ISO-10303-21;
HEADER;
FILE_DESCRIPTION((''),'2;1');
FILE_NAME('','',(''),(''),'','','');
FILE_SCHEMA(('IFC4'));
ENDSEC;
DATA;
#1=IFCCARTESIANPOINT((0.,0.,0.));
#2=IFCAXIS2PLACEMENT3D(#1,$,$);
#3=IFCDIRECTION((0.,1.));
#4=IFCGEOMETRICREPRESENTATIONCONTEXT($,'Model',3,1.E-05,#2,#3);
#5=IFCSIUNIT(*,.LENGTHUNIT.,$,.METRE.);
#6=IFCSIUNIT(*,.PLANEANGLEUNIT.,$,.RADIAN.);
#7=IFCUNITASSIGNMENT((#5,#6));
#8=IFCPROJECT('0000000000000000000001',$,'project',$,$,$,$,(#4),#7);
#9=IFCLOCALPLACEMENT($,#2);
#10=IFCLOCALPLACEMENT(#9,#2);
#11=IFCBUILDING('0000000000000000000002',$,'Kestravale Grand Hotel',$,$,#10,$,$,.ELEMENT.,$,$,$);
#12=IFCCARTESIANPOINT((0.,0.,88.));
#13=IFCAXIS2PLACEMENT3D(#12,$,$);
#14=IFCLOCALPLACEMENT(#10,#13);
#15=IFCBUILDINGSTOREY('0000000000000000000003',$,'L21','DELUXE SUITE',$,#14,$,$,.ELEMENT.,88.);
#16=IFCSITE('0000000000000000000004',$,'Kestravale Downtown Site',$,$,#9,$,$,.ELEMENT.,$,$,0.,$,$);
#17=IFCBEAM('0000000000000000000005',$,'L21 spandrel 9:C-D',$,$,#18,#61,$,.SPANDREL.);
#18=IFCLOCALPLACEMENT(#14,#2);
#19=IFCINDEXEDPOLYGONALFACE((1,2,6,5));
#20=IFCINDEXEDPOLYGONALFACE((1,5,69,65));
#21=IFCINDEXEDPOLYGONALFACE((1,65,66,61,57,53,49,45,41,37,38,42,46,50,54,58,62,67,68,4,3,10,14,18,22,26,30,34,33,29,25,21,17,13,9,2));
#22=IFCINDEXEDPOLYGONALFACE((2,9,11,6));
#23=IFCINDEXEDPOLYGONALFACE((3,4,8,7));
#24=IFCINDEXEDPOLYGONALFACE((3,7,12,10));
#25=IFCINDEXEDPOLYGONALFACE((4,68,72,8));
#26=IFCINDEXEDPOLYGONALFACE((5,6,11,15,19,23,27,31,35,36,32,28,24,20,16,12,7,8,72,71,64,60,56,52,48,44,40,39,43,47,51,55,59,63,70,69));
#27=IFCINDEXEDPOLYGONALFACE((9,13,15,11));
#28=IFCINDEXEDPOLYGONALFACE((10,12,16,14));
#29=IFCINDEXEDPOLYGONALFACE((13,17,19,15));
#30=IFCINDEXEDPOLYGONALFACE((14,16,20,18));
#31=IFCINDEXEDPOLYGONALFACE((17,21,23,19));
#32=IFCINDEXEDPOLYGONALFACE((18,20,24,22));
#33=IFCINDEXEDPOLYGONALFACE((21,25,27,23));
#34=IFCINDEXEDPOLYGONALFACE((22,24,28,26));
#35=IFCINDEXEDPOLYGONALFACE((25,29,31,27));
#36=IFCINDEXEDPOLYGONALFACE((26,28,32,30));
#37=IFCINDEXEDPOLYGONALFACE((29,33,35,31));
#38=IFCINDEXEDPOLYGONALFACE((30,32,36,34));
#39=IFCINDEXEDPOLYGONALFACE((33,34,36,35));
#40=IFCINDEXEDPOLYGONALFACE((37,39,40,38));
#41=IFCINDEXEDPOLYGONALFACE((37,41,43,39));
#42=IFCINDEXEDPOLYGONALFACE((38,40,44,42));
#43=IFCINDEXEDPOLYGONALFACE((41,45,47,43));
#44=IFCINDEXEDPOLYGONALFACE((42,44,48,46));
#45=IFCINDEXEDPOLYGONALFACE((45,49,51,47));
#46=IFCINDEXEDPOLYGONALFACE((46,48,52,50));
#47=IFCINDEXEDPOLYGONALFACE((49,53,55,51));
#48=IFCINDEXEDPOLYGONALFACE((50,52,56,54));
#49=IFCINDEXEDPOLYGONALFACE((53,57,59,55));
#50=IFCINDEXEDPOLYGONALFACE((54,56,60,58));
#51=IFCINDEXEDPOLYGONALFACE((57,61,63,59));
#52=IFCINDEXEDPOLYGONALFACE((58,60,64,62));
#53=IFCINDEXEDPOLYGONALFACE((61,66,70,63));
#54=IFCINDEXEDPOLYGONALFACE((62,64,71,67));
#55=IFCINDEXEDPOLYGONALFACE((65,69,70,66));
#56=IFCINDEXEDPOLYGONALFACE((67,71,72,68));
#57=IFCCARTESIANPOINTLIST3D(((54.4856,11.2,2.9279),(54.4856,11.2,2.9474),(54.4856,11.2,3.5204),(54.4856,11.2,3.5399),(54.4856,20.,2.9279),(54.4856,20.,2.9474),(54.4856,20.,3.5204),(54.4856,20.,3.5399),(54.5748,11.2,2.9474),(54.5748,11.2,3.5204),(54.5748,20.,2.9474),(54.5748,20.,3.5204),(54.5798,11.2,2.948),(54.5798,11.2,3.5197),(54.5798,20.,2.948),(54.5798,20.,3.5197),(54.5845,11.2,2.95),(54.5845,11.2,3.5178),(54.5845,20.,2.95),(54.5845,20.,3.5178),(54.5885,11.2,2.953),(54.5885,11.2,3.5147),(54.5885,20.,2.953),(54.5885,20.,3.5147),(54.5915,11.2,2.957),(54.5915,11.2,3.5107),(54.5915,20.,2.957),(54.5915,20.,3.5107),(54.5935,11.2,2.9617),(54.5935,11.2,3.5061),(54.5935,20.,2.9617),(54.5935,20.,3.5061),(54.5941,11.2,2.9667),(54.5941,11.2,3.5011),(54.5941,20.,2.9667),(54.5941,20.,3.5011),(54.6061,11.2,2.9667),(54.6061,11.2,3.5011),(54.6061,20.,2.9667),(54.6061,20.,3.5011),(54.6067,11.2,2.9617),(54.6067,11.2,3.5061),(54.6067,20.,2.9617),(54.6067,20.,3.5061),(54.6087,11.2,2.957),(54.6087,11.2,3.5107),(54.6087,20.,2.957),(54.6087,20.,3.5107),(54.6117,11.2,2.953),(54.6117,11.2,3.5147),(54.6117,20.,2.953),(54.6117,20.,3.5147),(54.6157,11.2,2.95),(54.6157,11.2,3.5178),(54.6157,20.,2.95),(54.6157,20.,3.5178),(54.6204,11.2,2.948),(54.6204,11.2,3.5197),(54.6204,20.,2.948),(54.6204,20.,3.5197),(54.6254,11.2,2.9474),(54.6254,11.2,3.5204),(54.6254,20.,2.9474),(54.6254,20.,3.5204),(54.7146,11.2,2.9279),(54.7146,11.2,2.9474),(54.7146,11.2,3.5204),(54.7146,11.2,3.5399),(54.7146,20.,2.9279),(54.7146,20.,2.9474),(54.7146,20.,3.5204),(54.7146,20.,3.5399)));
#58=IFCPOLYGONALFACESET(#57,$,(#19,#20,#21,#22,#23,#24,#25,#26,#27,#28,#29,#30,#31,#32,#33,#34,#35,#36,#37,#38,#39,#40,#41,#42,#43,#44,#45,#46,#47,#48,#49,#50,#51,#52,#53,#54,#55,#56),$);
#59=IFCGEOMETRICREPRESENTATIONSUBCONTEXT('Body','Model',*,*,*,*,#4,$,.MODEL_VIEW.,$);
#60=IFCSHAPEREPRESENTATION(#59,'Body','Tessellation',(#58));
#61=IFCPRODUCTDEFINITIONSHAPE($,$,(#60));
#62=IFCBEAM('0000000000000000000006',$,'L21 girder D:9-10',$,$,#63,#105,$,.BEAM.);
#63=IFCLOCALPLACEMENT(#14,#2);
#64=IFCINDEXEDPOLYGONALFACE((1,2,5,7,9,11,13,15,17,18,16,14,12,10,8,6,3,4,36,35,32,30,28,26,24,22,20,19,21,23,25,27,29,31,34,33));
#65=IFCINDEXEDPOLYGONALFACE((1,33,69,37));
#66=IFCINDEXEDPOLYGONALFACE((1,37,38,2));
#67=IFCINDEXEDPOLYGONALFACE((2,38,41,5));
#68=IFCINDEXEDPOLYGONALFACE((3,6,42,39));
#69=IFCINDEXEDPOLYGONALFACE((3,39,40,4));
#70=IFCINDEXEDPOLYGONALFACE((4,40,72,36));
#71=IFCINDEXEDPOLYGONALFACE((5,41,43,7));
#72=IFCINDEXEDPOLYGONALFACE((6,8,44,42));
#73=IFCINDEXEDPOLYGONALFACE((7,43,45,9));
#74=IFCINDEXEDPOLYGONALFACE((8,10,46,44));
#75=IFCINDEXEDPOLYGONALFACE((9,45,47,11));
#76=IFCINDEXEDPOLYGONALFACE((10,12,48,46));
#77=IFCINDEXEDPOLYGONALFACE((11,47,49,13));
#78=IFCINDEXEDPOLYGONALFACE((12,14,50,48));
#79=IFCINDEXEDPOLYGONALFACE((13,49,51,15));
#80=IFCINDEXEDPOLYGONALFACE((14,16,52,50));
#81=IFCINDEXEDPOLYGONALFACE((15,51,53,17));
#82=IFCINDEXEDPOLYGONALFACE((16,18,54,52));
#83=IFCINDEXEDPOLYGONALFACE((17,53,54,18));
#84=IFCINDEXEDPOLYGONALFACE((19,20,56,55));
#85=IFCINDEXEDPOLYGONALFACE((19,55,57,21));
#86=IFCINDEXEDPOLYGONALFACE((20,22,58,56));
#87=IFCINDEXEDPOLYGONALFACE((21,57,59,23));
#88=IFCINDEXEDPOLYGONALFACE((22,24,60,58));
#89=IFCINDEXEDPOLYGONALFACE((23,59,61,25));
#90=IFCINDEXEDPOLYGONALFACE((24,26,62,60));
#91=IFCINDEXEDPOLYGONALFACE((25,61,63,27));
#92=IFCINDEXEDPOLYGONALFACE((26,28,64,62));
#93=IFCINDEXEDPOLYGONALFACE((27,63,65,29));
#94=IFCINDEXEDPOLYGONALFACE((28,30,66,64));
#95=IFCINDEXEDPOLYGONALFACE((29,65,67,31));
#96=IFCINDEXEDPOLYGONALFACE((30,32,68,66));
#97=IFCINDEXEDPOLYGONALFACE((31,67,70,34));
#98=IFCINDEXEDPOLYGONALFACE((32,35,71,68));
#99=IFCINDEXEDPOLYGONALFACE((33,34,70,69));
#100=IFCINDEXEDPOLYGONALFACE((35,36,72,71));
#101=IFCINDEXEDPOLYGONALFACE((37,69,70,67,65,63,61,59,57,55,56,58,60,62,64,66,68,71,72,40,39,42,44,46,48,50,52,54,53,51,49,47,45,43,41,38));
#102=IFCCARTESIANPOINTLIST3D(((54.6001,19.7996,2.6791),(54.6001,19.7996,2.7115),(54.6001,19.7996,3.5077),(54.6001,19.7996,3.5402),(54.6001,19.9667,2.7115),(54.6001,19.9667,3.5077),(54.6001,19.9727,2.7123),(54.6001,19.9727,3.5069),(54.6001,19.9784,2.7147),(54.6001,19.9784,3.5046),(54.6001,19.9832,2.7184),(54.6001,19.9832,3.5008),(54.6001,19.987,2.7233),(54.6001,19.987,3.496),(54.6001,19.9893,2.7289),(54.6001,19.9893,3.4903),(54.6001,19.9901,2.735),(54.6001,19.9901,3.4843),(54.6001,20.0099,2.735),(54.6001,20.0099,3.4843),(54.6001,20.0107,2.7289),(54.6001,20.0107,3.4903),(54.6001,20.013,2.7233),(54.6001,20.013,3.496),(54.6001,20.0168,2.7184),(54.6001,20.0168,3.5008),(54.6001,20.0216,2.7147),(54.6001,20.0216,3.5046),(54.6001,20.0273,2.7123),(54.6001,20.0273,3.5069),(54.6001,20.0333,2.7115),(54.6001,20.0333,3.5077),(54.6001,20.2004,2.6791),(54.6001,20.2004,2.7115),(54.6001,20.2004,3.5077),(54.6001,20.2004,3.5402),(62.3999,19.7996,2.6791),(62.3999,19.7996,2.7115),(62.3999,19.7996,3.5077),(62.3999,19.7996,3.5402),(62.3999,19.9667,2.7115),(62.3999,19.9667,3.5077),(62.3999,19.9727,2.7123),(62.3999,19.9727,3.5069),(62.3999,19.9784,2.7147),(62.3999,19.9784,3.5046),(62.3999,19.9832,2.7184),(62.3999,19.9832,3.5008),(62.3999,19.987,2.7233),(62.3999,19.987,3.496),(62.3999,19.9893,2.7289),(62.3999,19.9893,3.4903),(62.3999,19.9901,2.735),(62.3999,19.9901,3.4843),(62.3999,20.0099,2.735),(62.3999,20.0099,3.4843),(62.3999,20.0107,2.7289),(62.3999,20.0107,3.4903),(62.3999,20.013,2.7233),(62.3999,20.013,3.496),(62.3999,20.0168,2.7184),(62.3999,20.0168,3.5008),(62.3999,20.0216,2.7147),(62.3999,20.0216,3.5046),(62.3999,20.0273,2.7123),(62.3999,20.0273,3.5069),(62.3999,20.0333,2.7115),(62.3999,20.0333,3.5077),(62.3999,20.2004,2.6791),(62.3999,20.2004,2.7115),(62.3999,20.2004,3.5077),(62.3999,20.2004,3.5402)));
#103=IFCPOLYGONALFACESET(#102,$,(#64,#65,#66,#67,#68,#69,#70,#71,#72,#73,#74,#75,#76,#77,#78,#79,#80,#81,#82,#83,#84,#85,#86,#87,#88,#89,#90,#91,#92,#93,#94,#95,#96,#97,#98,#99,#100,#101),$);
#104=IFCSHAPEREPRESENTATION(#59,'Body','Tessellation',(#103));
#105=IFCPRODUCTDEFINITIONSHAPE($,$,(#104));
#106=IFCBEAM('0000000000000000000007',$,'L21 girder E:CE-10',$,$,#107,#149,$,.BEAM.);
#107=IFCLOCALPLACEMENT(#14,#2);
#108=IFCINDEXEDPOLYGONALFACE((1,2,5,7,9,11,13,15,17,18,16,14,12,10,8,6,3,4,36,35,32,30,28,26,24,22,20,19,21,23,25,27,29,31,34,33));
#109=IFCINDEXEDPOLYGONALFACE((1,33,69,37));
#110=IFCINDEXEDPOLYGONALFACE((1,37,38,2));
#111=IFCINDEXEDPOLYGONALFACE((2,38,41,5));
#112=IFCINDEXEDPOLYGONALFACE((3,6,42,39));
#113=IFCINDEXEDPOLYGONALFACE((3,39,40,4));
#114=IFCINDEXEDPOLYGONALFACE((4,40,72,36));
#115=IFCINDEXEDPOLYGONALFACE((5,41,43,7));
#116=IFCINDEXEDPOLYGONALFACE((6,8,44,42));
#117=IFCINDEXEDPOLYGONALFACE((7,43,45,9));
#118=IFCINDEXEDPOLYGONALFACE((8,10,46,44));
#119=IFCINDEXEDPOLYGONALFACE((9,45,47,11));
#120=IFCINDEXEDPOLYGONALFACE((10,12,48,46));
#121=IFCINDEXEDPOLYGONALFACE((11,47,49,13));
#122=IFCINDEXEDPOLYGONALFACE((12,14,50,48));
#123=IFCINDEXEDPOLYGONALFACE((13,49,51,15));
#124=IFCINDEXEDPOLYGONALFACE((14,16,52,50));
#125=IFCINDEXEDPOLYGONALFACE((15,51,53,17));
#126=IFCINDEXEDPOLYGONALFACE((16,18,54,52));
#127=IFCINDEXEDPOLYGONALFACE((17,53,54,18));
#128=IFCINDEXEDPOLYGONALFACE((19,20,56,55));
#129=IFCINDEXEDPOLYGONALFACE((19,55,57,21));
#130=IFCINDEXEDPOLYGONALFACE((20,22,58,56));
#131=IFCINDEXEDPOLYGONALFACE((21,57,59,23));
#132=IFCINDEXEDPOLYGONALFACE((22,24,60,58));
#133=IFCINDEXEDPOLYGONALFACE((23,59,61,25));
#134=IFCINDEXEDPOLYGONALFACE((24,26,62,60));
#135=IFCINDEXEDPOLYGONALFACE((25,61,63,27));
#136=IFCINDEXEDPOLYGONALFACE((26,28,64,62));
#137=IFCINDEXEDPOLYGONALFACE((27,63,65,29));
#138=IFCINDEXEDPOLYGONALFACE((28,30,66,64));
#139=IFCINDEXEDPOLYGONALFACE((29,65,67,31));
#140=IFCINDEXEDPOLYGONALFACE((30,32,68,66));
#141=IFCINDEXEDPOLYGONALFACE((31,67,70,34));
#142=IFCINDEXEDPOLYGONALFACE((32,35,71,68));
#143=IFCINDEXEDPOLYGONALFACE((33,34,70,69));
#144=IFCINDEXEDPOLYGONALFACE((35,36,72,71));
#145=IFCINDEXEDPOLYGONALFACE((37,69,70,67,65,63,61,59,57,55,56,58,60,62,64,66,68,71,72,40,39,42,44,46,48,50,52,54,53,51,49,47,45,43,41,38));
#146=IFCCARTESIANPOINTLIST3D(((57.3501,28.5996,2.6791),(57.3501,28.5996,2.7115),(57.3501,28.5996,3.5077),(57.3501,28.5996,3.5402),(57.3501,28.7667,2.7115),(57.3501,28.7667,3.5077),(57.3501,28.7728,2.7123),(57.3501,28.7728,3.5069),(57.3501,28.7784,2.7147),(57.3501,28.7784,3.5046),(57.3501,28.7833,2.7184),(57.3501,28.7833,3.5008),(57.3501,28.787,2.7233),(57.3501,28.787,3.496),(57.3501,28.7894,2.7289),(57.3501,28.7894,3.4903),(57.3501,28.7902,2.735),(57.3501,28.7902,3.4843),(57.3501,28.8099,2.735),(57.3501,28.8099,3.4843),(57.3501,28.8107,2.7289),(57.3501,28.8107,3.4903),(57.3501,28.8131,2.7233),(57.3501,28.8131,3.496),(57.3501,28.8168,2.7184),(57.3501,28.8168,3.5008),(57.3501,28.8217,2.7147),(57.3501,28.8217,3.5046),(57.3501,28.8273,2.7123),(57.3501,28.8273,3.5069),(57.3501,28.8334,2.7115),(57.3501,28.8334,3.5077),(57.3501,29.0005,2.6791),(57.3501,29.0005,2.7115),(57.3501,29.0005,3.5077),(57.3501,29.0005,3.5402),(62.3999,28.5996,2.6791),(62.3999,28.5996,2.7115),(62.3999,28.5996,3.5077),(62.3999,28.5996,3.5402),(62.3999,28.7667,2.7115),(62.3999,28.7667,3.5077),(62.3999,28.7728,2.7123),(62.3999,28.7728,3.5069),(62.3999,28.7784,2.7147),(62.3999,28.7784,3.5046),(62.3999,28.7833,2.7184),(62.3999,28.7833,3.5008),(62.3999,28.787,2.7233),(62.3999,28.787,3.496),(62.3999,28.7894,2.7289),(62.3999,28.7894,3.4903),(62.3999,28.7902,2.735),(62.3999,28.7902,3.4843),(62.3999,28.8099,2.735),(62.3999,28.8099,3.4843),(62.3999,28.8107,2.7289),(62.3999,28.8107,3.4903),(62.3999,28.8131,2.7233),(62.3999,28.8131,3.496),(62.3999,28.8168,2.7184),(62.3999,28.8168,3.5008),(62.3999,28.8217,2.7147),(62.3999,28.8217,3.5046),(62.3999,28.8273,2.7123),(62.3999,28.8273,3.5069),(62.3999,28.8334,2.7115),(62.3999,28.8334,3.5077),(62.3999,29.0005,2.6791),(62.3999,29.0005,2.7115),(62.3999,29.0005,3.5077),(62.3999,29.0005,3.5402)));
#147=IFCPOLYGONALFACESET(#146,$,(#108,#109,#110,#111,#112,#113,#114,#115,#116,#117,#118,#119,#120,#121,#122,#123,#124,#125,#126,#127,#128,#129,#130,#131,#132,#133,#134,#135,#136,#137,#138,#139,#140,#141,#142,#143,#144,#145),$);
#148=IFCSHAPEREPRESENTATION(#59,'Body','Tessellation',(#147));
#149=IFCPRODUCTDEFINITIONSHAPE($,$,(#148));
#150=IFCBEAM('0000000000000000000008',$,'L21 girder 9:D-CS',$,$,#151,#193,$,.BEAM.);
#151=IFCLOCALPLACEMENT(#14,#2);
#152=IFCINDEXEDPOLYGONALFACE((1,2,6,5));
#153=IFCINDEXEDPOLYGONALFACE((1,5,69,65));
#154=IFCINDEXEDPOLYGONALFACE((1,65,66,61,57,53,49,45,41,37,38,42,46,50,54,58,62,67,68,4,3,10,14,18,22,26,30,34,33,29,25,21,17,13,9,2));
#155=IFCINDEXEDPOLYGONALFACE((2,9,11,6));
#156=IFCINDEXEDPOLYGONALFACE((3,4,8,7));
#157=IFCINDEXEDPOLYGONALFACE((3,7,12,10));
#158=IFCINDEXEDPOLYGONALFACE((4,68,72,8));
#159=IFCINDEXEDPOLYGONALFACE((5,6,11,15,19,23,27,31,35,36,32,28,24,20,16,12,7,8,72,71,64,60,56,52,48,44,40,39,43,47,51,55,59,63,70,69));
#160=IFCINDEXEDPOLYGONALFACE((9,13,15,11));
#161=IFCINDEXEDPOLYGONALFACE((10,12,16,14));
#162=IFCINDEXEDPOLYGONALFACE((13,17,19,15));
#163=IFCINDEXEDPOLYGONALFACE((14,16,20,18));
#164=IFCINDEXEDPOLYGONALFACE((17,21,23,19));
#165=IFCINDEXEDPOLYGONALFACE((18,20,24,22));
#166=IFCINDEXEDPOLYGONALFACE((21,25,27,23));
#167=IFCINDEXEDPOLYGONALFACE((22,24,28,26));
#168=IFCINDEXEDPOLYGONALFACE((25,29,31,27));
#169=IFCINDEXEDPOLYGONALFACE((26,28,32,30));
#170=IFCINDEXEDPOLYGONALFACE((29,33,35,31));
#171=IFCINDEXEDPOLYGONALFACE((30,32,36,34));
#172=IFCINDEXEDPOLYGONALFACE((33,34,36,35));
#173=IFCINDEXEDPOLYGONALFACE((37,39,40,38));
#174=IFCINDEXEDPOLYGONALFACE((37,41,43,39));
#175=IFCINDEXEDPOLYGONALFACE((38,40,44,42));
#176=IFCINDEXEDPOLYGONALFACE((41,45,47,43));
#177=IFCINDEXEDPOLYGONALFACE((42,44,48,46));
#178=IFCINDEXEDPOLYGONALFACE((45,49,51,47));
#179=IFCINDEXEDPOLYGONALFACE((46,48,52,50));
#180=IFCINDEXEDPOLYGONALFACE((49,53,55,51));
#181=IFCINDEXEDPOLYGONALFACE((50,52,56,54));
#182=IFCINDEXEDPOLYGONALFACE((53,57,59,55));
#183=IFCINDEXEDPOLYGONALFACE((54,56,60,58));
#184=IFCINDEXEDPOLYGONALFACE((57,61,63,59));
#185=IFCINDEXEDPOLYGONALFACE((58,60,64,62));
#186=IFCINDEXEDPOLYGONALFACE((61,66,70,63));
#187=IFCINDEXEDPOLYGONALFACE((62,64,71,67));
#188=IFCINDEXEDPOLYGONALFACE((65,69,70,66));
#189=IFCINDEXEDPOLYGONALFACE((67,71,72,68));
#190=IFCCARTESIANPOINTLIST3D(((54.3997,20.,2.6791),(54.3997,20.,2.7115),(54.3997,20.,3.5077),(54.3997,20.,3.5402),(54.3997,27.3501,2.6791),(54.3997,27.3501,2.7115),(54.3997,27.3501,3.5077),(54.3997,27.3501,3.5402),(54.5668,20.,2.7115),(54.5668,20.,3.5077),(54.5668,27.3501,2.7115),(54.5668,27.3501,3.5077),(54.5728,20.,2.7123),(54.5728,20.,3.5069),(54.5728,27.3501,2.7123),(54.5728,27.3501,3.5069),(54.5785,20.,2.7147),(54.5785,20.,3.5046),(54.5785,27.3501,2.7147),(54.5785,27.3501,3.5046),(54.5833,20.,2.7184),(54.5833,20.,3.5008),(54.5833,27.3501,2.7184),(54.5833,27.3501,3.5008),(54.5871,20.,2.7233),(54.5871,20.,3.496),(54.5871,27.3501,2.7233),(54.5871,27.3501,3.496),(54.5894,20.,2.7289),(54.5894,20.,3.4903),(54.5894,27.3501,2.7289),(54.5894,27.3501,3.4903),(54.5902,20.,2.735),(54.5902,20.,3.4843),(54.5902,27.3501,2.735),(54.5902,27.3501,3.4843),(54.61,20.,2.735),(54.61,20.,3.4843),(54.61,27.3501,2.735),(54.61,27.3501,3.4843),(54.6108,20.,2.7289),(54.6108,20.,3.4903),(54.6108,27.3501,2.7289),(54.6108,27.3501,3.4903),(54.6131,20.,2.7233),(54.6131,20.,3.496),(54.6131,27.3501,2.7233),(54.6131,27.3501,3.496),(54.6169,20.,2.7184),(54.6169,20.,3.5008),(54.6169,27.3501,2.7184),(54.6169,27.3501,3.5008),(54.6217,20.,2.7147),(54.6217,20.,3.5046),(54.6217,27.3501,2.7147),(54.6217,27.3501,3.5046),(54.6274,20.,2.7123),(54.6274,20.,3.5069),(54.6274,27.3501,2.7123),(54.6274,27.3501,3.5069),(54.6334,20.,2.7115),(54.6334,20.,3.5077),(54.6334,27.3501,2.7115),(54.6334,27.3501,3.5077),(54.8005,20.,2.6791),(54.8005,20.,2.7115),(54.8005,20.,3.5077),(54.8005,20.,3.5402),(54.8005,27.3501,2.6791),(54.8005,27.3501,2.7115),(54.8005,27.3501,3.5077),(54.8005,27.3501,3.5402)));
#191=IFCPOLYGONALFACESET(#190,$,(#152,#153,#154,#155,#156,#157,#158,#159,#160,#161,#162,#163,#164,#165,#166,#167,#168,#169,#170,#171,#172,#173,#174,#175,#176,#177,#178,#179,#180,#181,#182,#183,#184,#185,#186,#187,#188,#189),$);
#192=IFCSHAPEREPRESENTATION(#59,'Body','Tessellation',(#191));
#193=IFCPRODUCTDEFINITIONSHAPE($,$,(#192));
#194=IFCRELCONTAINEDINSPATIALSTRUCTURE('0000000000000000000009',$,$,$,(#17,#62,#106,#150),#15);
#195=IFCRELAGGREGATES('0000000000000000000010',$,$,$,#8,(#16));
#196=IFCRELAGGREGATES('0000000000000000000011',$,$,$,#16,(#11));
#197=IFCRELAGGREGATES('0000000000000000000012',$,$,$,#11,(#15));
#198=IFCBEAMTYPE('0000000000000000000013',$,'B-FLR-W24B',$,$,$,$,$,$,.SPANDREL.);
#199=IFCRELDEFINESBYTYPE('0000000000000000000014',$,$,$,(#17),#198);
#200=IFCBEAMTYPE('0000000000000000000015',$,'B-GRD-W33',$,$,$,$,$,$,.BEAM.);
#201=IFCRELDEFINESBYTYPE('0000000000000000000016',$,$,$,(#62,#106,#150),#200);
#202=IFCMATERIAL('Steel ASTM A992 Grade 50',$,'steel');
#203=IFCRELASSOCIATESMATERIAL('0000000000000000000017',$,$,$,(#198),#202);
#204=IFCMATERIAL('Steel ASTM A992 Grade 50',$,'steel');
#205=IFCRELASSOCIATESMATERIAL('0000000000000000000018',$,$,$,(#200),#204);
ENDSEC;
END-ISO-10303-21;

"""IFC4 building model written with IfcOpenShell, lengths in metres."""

from ifc_helpers import new_model, si_unit, direction, frame, origin, origin_2d, place, context, subcontext, project, spatial, i_section, extrude, material, material_profile, profile_set, type_object, element, save


model = new_model("IFC4")

# Units and contexts
model_context = context("Model", 3, precision=1e-05, world=origin(), true_north=direction((0.0, 1.0)))
body_context = subcontext(model_context, "Body", "Model", "MODEL_VIEW")
ifc_project = project(units=[si_unit("LENGTHUNIT", "METRE"), si_unit("PLANEANGLEUNIT", "RADIAN")], contexts=[model_context])

# Site, building, storey
site_placement = place(None, origin())
site = spatial("IfcSite", under=ifc_project, at=site_placement, Name="Kestravale Downtown Site", CompositionType="ELEMENT", RefElevation=0.0)
building_placement = place(site_placement, origin())
building = spatial("IfcBuilding", under=site, at=building_placement, Name="Kestravale Grand Hotel", CompositionType="ELEMENT")
storey_placement = place(building_placement, frame((0.0, 0.0, 88.0)))
storey = spatial("IfcBuildingStorey", under=building, at=storey_placement, Name="L21", Description="DELUXE SUITE", CompositionType="ELEMENT", Elevation=88.0)

# Beams
ifc_material_1 = material(Name="Steel ASTM A992 Grade 50", Category="steel")
ifc_material_profile_1 = material_profile(ifc_material_1, i_section(OverallWidth=0.229, OverallDepth=0.6121, WebThickness=0.012, FlangeThickness=0.0195, FilletRadius=0.0193, at=origin_2d()))
ifc_profile_set_1 = profile_set([ifc_material_profile_1], Name="Steel ASTM A992 Grade 50")
beam_type_1 = type_object("IfcBeamType", Name="B-FLR-W24B", PredefinedType="SPANDREL", material=ifc_profile_set_1)
beam_1_placement = place(storey_placement, frame((54.6001, 11.2, 3.2339), z_axis=(0.0, 1.0, 0.0), x_axis=(-1.0, 0.0, 0.0)))
element("IfcBeam", 1, at=beam_1_placement, inside=storey, type_object=beam_type_1, Name="L21 spandrel 9:C-D", PredefinedType="SPANDREL", context=body_context, shape_type="SweptSolid", body=[
    extrude(i_section(OverallWidth=0.229, OverallDepth=0.6121, WebThickness=0.012, FlangeThickness=0.0195, FilletRadius=0.0193, at=origin_2d()), origin(), (0.0, 0.0, 1.0), 8.8),
])
ifc_material_2 = material(Name="Steel ASTM A992 Grade 50", Category="steel")
ifc_material_profile_2 = material_profile(ifc_material_2, i_section(OverallWidth=0.4009, OverallDepth=0.8611, WebThickness=0.0198, FlangeThickness=0.0325, FilletRadius=0.0234, at=origin_2d()))
ifc_profile_set_2 = profile_set([ifc_material_profile_2], Name="Steel ASTM A992 Grade 50")
beam_type_2 = type_object("IfcBeamType", Name="B-GRD-W33", PredefinedType="BEAM", material=ifc_profile_set_2)
beam_2_placement = place(storey_placement, frame((54.6001, 20.0, 3.1096), z_axis=(1.0, 0.0, 0.0), x_axis=(0.0, 1.0, 0.0)))
element("IfcBeam", 2, at=beam_2_placement, inside=storey, type_object=beam_type_2, Name="L21 girder D:9-10", PredefinedType="BEAM", context=body_context, shape_type="SweptSolid", body=[
    extrude(i_section(OverallWidth=0.4009, OverallDepth=0.8611, WebThickness=0.0198, FlangeThickness=0.0325, FilletRadius=0.0234, at=origin_2d()), origin(), (0.0, 0.0, 1.0), 7.7998),
])
beam_3_placement = place(storey_placement, frame((57.3501, 28.8, 3.1096), z_axis=(1.0, 0.0, 0.0), x_axis=(0.0, 1.0, 0.0)))
element("IfcBeam", 3, at=beam_3_placement, inside=storey, type_object=beam_type_2, Name="L21 girder E:CE-10", PredefinedType="BEAM", context=body_context, shape_type="SweptSolid", body=[
    extrude(i_section(OverallWidth=0.4009, OverallDepth=0.8611, WebThickness=0.0198, FlangeThickness=0.0325, FilletRadius=0.0234, at=origin_2d()), origin(), (0.0, 0.0, 1.0), 5.0498),
])
beam_4_placement = place(storey_placement, frame((54.6001, 20.0, 3.1096), z_axis=(0.0, 1.0, 0.0), x_axis=(-1.0, 0.0, 0.0)))
element("IfcBeam", 4, at=beam_4_placement, inside=storey, type_object=beam_type_2, Name="L21 girder 9:D-CS", PredefinedType="BEAM", context=body_context, shape_type="SweptSolid", body=[
    extrude(i_section(OverallWidth=0.4009, OverallDepth=0.8611, WebThickness=0.0198, FlangeThickness=0.0325, FilletRadius=0.0234, at=origin_2d()), origin(), (0.0, 0.0, 1.0), 7.3501),
])

save(model, "model.ifc")
